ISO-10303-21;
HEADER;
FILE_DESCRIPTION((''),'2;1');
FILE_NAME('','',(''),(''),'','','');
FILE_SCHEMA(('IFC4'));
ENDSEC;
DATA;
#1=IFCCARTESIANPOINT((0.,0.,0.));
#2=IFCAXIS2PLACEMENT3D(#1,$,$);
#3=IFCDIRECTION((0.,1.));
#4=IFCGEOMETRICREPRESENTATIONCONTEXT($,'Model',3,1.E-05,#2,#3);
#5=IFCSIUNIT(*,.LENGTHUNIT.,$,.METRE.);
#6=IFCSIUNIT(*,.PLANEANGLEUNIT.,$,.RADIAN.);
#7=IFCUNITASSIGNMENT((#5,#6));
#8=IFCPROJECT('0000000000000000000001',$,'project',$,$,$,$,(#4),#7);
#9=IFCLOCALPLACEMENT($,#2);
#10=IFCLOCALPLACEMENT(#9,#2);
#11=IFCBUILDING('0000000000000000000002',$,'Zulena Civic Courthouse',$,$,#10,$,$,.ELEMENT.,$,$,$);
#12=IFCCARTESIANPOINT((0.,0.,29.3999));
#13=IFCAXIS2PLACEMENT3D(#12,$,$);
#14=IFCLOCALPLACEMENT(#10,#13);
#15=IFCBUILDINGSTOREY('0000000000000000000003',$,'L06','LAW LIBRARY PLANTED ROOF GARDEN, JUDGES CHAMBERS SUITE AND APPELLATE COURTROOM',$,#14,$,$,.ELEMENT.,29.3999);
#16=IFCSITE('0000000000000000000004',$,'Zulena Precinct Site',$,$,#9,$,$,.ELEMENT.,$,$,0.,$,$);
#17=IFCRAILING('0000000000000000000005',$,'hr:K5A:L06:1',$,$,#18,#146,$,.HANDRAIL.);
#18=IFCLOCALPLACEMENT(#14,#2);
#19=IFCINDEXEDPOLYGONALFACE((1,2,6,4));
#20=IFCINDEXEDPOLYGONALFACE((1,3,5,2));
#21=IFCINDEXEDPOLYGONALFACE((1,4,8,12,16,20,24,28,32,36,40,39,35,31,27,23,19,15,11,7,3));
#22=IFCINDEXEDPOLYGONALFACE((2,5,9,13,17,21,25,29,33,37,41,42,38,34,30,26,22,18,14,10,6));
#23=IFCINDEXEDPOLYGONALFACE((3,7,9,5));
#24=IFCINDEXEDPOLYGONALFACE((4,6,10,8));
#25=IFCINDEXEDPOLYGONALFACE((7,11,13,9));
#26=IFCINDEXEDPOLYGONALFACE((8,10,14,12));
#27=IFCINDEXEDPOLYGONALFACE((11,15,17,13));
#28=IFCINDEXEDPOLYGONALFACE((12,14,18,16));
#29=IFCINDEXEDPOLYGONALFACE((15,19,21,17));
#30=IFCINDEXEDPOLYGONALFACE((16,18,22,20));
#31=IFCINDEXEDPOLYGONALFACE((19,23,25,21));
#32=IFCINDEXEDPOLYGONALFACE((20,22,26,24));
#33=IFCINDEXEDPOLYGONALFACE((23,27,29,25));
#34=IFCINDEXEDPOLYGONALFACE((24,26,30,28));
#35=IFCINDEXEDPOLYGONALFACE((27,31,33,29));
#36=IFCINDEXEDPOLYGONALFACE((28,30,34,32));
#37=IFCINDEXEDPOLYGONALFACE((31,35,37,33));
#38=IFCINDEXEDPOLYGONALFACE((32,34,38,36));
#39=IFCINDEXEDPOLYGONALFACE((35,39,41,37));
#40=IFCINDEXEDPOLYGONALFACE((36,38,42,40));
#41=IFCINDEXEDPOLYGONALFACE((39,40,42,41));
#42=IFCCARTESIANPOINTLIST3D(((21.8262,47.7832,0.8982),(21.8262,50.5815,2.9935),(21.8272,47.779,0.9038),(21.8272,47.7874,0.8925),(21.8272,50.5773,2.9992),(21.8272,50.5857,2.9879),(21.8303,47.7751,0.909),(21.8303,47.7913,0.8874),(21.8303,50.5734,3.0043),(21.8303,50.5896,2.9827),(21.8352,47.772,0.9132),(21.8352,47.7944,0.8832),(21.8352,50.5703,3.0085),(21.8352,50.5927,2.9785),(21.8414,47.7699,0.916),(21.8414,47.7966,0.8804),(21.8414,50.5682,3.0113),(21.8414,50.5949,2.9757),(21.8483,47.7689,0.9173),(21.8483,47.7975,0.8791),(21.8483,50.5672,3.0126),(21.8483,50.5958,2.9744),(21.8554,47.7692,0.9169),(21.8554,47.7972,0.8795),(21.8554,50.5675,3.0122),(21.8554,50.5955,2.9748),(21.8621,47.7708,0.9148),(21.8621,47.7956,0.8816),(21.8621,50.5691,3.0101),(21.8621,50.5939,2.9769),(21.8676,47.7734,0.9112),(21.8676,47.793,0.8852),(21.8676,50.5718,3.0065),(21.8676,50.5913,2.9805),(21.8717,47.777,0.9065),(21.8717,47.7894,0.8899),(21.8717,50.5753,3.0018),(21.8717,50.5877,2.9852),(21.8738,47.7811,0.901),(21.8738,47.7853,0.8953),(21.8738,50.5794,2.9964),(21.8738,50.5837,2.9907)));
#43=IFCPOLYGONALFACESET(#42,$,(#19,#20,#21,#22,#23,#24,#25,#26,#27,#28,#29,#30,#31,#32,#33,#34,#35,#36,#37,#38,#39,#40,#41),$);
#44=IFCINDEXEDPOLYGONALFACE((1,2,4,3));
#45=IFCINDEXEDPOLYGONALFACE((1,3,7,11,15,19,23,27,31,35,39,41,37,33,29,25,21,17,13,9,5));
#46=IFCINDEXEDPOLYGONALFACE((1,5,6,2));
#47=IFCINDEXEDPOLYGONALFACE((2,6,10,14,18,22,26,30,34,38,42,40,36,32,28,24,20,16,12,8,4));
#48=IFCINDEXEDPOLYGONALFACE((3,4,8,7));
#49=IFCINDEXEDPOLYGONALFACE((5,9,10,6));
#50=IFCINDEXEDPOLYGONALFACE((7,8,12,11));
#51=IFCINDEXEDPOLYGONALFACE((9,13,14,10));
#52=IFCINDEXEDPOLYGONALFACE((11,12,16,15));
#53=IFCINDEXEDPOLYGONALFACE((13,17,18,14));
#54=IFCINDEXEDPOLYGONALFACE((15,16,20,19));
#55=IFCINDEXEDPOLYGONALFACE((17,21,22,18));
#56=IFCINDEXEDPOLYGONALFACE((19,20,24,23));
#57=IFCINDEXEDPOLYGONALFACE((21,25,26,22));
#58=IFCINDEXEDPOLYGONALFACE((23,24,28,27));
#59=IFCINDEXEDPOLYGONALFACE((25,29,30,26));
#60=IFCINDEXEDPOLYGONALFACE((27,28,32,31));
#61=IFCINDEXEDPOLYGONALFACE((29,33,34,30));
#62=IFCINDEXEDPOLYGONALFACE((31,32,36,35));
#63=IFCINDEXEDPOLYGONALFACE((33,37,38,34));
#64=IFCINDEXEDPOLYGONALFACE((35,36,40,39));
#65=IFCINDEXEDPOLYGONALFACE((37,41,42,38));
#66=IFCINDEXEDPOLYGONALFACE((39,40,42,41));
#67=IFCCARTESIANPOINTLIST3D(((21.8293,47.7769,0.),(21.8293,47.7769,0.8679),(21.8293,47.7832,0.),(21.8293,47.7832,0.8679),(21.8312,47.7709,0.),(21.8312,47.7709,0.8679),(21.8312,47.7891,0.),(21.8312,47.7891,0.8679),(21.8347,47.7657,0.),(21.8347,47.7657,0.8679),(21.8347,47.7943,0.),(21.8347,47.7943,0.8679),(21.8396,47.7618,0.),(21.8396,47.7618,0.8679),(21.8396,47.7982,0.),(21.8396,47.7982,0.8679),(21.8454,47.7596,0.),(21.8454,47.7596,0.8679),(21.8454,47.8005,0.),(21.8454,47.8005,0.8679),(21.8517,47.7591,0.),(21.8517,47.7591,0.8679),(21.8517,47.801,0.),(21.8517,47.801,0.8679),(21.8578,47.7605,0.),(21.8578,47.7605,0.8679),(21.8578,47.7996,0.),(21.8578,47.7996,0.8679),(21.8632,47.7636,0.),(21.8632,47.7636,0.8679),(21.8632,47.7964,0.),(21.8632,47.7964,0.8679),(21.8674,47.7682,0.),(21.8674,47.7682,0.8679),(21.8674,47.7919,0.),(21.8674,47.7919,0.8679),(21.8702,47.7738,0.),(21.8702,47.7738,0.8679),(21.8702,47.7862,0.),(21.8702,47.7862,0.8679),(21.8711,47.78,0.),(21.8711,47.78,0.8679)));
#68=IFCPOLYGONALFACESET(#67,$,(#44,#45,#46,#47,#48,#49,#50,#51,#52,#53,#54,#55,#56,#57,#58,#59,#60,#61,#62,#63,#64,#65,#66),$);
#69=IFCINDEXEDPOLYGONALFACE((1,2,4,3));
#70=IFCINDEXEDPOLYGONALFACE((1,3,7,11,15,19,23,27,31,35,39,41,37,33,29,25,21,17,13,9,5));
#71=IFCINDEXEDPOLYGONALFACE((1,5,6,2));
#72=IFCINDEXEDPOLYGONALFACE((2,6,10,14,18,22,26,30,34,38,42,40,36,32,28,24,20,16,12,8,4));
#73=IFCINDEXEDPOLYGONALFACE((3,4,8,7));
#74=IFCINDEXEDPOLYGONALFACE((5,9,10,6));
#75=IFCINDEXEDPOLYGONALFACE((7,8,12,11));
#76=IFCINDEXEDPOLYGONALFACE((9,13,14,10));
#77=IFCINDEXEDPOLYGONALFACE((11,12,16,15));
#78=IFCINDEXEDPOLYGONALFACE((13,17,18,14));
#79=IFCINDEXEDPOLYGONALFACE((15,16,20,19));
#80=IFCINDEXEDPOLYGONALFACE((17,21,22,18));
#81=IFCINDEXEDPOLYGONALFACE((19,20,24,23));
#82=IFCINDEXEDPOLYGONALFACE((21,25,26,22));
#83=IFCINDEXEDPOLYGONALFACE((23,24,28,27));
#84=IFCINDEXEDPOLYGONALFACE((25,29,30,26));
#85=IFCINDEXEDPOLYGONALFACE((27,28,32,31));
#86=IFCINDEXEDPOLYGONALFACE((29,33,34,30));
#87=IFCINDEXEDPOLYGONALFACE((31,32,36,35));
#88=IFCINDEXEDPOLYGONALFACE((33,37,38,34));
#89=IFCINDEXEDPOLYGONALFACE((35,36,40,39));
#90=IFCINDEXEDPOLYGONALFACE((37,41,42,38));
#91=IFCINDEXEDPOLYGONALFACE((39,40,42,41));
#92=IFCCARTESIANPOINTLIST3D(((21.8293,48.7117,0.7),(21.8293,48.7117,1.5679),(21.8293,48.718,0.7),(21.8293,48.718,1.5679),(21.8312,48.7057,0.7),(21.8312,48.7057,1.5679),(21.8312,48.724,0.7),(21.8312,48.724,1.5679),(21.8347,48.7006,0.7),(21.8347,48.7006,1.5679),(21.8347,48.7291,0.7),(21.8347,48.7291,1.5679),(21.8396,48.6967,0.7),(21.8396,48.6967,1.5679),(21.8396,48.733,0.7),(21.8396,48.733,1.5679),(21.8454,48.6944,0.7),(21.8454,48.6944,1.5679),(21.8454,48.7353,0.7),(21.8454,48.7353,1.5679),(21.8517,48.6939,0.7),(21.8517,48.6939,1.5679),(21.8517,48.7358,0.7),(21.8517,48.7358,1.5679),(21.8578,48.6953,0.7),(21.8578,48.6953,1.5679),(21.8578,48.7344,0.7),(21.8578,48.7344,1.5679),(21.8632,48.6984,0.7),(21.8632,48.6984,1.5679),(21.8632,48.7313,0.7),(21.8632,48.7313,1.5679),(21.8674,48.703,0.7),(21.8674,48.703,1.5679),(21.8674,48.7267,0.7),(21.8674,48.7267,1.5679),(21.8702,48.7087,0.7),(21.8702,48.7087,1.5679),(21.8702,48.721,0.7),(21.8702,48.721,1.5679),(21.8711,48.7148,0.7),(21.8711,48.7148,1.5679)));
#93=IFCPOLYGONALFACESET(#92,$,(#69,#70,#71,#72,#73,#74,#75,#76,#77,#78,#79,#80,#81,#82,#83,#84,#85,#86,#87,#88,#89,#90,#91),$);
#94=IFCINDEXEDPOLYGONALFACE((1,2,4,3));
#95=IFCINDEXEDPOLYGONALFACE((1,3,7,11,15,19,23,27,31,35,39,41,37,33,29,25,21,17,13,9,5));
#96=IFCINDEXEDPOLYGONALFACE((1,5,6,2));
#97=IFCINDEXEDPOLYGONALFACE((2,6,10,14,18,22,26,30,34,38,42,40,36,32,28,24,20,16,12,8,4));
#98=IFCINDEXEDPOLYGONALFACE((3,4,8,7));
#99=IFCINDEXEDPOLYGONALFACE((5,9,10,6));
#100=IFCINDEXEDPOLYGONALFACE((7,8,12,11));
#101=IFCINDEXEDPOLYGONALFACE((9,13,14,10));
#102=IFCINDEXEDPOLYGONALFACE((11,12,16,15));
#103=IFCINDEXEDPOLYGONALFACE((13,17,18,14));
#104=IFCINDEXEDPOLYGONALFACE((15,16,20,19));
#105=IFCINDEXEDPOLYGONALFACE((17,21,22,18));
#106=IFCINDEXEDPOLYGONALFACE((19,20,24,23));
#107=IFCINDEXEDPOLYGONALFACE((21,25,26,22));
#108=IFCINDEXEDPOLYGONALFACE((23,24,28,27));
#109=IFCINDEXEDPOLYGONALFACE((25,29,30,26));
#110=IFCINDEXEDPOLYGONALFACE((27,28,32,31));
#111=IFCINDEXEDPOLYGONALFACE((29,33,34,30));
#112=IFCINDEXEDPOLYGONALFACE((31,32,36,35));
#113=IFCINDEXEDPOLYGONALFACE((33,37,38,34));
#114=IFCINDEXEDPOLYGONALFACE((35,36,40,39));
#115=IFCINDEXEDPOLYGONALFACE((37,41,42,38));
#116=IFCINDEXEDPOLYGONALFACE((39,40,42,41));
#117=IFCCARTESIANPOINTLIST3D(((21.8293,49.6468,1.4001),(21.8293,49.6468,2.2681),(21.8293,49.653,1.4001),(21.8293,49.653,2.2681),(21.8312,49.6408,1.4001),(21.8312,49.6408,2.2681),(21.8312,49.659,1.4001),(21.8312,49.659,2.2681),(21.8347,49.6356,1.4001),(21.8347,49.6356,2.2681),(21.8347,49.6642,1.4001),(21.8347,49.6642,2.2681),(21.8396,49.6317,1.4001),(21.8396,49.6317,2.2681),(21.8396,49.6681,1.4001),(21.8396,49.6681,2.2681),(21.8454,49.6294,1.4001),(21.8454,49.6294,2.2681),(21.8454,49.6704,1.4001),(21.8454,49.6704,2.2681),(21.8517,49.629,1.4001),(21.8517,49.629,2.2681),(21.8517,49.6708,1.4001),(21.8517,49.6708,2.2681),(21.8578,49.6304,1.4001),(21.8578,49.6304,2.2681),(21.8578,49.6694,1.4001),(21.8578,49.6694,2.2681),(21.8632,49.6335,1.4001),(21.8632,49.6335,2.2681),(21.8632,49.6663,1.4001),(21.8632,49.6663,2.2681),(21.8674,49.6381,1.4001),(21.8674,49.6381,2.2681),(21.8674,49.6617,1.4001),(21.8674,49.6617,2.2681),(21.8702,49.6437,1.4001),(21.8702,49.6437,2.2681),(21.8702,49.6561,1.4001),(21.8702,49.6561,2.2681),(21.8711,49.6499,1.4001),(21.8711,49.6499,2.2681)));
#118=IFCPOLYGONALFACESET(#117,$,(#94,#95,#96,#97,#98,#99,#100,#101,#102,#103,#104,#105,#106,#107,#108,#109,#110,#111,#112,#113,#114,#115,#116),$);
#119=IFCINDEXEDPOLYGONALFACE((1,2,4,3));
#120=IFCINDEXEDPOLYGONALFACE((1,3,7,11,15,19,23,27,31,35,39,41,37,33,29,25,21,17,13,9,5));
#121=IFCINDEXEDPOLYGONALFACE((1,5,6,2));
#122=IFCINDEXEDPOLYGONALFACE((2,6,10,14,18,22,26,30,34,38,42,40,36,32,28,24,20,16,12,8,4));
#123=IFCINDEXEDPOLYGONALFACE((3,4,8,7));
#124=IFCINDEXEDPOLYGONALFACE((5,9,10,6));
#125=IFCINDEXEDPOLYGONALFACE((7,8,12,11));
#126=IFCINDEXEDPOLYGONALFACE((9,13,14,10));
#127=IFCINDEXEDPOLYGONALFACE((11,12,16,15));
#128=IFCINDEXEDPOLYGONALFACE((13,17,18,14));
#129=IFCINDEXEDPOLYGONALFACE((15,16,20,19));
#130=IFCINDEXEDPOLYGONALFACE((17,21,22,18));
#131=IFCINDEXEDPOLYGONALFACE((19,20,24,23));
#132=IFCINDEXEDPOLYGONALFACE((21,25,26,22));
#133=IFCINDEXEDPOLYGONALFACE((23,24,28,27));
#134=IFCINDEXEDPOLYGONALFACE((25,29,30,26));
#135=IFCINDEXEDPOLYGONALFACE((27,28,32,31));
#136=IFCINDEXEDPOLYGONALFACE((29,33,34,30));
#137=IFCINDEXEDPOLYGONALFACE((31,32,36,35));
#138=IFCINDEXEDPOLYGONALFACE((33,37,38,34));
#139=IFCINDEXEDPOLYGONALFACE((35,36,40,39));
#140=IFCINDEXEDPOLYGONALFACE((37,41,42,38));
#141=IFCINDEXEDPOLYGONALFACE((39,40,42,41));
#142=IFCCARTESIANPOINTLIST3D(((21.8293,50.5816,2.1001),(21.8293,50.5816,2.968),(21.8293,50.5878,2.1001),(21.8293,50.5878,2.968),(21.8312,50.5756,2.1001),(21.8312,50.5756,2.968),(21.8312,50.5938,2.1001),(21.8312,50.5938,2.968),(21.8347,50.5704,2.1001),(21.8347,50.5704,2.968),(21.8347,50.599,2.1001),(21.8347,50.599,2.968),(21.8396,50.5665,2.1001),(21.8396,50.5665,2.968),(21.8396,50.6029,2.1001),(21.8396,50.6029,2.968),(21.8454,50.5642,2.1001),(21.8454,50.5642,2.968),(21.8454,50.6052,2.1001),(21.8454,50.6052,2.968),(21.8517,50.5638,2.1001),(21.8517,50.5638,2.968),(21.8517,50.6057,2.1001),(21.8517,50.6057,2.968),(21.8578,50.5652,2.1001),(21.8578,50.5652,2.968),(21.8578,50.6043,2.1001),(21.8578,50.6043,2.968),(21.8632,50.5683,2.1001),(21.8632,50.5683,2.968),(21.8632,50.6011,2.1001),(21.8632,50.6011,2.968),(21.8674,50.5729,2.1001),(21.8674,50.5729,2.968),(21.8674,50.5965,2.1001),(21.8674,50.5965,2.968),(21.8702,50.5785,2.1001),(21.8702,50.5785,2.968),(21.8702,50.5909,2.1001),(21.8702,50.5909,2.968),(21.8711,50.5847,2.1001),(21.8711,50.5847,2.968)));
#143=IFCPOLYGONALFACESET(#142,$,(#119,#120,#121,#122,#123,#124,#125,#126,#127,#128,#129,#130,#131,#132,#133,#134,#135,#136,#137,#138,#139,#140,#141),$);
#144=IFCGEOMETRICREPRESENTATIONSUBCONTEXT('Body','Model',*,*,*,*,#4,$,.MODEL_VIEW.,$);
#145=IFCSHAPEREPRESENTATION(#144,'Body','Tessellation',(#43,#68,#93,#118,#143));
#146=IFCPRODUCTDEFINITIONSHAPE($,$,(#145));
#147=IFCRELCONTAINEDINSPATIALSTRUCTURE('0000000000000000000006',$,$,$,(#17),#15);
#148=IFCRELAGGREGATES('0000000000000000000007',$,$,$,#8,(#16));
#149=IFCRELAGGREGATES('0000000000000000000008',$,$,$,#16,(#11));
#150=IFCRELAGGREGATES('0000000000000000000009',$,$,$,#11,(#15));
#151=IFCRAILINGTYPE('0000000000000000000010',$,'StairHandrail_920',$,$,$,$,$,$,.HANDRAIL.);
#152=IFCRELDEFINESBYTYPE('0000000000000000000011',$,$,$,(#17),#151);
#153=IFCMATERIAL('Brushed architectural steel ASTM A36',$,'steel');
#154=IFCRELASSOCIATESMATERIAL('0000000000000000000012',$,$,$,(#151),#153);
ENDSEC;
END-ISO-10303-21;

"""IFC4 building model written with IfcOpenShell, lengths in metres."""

from ifc_helpers import new_model, si_unit, direction, frame, origin, origin_2d, place, context, subcontext, project, spatial, circle, extrude, material, type_object, element, save


model = new_model("IFC4")

# Units and contexts
model_context = context("Model", 3, precision=1e-05, world=origin(), true_north=direction((0.0, 1.0)))
body_context = subcontext(model_context, "Body", "Model", "MODEL_VIEW")
ifc_project = project(units=[si_unit("LENGTHUNIT", "METRE"), si_unit("PLANEANGLEUNIT", "RADIAN")], contexts=[model_context])

# Site, building, storey
site_placement = place(None, origin())
site = spatial("IfcSite", under=ifc_project, at=site_placement, Name="Zulena Precinct Site", CompositionType="ELEMENT", RefElevation=0.0)
building_placement = place(site_placement, origin())
building = spatial("IfcBuilding", under=site, at=building_placement, Name="Zulena Civic Courthouse", CompositionType="ELEMENT")
storey_placement = place(building_placement, frame((0.0, 0.0, 29.3999)))
storey = spatial("IfcBuildingStorey", under=building, at=storey_placement, Name="L06", Description="LAW LIBRARY PLANTED ROOF GARDEN, JUDGES CHAMBERS SUITE AND APPELLATE COURTROOM", CompositionType="ELEMENT", Elevation=29.3999)

# Shared definitions
ifc_material_1 = material(Name="Brushed architectural steel ASTM A36", Category="steel")

# Railing
railing_type_1 = type_object("IfcRailingType", Name="StairHandrail_920", PredefinedType="HANDRAIL", material=ifc_material_1)
railing_1_placement = place(storey_placement, frame((21.8501, 47.78, 0.0)))
element("IfcRailing", 1, at=railing_1_placement, inside=storey, type_object=railing_type_1, Name="hr:K5A:L06:1", PredefinedType="HANDRAIL", context=body_context, shape_type="SweptSolid", body=[
    extrude(circle(Radius=0.0239, at=origin_2d()), frame((0.0, 0.0032, 0.8982), z_axis=(0.0, 0.800468, 0.599375), x_axis=(-1.0, 0.0, 0.0)), (0.0, 0.0, 1.0), 3.4958),
    extrude(circle(Radius=0.021, at=origin_2d()), origin(), (0.0, 0.0, 1.0), 0.8679),
    extrude(circle(Radius=0.021, at=origin_2d()), frame((0.0, 0.9348, 0.7)), (0.0, 0.0, 1.0), 0.8679),
    extrude(circle(Radius=0.021, at=origin_2d()), frame((0.0, 1.8699, 1.4001)), (0.0, 0.0, 1.0), 0.8679),
    extrude(circle(Radius=0.021, at=origin_2d()), frame((0.0, 2.8047, 2.1001)), (0.0, 0.0, 1.0), 0.8679),
])

save(model, "model.ifc")
